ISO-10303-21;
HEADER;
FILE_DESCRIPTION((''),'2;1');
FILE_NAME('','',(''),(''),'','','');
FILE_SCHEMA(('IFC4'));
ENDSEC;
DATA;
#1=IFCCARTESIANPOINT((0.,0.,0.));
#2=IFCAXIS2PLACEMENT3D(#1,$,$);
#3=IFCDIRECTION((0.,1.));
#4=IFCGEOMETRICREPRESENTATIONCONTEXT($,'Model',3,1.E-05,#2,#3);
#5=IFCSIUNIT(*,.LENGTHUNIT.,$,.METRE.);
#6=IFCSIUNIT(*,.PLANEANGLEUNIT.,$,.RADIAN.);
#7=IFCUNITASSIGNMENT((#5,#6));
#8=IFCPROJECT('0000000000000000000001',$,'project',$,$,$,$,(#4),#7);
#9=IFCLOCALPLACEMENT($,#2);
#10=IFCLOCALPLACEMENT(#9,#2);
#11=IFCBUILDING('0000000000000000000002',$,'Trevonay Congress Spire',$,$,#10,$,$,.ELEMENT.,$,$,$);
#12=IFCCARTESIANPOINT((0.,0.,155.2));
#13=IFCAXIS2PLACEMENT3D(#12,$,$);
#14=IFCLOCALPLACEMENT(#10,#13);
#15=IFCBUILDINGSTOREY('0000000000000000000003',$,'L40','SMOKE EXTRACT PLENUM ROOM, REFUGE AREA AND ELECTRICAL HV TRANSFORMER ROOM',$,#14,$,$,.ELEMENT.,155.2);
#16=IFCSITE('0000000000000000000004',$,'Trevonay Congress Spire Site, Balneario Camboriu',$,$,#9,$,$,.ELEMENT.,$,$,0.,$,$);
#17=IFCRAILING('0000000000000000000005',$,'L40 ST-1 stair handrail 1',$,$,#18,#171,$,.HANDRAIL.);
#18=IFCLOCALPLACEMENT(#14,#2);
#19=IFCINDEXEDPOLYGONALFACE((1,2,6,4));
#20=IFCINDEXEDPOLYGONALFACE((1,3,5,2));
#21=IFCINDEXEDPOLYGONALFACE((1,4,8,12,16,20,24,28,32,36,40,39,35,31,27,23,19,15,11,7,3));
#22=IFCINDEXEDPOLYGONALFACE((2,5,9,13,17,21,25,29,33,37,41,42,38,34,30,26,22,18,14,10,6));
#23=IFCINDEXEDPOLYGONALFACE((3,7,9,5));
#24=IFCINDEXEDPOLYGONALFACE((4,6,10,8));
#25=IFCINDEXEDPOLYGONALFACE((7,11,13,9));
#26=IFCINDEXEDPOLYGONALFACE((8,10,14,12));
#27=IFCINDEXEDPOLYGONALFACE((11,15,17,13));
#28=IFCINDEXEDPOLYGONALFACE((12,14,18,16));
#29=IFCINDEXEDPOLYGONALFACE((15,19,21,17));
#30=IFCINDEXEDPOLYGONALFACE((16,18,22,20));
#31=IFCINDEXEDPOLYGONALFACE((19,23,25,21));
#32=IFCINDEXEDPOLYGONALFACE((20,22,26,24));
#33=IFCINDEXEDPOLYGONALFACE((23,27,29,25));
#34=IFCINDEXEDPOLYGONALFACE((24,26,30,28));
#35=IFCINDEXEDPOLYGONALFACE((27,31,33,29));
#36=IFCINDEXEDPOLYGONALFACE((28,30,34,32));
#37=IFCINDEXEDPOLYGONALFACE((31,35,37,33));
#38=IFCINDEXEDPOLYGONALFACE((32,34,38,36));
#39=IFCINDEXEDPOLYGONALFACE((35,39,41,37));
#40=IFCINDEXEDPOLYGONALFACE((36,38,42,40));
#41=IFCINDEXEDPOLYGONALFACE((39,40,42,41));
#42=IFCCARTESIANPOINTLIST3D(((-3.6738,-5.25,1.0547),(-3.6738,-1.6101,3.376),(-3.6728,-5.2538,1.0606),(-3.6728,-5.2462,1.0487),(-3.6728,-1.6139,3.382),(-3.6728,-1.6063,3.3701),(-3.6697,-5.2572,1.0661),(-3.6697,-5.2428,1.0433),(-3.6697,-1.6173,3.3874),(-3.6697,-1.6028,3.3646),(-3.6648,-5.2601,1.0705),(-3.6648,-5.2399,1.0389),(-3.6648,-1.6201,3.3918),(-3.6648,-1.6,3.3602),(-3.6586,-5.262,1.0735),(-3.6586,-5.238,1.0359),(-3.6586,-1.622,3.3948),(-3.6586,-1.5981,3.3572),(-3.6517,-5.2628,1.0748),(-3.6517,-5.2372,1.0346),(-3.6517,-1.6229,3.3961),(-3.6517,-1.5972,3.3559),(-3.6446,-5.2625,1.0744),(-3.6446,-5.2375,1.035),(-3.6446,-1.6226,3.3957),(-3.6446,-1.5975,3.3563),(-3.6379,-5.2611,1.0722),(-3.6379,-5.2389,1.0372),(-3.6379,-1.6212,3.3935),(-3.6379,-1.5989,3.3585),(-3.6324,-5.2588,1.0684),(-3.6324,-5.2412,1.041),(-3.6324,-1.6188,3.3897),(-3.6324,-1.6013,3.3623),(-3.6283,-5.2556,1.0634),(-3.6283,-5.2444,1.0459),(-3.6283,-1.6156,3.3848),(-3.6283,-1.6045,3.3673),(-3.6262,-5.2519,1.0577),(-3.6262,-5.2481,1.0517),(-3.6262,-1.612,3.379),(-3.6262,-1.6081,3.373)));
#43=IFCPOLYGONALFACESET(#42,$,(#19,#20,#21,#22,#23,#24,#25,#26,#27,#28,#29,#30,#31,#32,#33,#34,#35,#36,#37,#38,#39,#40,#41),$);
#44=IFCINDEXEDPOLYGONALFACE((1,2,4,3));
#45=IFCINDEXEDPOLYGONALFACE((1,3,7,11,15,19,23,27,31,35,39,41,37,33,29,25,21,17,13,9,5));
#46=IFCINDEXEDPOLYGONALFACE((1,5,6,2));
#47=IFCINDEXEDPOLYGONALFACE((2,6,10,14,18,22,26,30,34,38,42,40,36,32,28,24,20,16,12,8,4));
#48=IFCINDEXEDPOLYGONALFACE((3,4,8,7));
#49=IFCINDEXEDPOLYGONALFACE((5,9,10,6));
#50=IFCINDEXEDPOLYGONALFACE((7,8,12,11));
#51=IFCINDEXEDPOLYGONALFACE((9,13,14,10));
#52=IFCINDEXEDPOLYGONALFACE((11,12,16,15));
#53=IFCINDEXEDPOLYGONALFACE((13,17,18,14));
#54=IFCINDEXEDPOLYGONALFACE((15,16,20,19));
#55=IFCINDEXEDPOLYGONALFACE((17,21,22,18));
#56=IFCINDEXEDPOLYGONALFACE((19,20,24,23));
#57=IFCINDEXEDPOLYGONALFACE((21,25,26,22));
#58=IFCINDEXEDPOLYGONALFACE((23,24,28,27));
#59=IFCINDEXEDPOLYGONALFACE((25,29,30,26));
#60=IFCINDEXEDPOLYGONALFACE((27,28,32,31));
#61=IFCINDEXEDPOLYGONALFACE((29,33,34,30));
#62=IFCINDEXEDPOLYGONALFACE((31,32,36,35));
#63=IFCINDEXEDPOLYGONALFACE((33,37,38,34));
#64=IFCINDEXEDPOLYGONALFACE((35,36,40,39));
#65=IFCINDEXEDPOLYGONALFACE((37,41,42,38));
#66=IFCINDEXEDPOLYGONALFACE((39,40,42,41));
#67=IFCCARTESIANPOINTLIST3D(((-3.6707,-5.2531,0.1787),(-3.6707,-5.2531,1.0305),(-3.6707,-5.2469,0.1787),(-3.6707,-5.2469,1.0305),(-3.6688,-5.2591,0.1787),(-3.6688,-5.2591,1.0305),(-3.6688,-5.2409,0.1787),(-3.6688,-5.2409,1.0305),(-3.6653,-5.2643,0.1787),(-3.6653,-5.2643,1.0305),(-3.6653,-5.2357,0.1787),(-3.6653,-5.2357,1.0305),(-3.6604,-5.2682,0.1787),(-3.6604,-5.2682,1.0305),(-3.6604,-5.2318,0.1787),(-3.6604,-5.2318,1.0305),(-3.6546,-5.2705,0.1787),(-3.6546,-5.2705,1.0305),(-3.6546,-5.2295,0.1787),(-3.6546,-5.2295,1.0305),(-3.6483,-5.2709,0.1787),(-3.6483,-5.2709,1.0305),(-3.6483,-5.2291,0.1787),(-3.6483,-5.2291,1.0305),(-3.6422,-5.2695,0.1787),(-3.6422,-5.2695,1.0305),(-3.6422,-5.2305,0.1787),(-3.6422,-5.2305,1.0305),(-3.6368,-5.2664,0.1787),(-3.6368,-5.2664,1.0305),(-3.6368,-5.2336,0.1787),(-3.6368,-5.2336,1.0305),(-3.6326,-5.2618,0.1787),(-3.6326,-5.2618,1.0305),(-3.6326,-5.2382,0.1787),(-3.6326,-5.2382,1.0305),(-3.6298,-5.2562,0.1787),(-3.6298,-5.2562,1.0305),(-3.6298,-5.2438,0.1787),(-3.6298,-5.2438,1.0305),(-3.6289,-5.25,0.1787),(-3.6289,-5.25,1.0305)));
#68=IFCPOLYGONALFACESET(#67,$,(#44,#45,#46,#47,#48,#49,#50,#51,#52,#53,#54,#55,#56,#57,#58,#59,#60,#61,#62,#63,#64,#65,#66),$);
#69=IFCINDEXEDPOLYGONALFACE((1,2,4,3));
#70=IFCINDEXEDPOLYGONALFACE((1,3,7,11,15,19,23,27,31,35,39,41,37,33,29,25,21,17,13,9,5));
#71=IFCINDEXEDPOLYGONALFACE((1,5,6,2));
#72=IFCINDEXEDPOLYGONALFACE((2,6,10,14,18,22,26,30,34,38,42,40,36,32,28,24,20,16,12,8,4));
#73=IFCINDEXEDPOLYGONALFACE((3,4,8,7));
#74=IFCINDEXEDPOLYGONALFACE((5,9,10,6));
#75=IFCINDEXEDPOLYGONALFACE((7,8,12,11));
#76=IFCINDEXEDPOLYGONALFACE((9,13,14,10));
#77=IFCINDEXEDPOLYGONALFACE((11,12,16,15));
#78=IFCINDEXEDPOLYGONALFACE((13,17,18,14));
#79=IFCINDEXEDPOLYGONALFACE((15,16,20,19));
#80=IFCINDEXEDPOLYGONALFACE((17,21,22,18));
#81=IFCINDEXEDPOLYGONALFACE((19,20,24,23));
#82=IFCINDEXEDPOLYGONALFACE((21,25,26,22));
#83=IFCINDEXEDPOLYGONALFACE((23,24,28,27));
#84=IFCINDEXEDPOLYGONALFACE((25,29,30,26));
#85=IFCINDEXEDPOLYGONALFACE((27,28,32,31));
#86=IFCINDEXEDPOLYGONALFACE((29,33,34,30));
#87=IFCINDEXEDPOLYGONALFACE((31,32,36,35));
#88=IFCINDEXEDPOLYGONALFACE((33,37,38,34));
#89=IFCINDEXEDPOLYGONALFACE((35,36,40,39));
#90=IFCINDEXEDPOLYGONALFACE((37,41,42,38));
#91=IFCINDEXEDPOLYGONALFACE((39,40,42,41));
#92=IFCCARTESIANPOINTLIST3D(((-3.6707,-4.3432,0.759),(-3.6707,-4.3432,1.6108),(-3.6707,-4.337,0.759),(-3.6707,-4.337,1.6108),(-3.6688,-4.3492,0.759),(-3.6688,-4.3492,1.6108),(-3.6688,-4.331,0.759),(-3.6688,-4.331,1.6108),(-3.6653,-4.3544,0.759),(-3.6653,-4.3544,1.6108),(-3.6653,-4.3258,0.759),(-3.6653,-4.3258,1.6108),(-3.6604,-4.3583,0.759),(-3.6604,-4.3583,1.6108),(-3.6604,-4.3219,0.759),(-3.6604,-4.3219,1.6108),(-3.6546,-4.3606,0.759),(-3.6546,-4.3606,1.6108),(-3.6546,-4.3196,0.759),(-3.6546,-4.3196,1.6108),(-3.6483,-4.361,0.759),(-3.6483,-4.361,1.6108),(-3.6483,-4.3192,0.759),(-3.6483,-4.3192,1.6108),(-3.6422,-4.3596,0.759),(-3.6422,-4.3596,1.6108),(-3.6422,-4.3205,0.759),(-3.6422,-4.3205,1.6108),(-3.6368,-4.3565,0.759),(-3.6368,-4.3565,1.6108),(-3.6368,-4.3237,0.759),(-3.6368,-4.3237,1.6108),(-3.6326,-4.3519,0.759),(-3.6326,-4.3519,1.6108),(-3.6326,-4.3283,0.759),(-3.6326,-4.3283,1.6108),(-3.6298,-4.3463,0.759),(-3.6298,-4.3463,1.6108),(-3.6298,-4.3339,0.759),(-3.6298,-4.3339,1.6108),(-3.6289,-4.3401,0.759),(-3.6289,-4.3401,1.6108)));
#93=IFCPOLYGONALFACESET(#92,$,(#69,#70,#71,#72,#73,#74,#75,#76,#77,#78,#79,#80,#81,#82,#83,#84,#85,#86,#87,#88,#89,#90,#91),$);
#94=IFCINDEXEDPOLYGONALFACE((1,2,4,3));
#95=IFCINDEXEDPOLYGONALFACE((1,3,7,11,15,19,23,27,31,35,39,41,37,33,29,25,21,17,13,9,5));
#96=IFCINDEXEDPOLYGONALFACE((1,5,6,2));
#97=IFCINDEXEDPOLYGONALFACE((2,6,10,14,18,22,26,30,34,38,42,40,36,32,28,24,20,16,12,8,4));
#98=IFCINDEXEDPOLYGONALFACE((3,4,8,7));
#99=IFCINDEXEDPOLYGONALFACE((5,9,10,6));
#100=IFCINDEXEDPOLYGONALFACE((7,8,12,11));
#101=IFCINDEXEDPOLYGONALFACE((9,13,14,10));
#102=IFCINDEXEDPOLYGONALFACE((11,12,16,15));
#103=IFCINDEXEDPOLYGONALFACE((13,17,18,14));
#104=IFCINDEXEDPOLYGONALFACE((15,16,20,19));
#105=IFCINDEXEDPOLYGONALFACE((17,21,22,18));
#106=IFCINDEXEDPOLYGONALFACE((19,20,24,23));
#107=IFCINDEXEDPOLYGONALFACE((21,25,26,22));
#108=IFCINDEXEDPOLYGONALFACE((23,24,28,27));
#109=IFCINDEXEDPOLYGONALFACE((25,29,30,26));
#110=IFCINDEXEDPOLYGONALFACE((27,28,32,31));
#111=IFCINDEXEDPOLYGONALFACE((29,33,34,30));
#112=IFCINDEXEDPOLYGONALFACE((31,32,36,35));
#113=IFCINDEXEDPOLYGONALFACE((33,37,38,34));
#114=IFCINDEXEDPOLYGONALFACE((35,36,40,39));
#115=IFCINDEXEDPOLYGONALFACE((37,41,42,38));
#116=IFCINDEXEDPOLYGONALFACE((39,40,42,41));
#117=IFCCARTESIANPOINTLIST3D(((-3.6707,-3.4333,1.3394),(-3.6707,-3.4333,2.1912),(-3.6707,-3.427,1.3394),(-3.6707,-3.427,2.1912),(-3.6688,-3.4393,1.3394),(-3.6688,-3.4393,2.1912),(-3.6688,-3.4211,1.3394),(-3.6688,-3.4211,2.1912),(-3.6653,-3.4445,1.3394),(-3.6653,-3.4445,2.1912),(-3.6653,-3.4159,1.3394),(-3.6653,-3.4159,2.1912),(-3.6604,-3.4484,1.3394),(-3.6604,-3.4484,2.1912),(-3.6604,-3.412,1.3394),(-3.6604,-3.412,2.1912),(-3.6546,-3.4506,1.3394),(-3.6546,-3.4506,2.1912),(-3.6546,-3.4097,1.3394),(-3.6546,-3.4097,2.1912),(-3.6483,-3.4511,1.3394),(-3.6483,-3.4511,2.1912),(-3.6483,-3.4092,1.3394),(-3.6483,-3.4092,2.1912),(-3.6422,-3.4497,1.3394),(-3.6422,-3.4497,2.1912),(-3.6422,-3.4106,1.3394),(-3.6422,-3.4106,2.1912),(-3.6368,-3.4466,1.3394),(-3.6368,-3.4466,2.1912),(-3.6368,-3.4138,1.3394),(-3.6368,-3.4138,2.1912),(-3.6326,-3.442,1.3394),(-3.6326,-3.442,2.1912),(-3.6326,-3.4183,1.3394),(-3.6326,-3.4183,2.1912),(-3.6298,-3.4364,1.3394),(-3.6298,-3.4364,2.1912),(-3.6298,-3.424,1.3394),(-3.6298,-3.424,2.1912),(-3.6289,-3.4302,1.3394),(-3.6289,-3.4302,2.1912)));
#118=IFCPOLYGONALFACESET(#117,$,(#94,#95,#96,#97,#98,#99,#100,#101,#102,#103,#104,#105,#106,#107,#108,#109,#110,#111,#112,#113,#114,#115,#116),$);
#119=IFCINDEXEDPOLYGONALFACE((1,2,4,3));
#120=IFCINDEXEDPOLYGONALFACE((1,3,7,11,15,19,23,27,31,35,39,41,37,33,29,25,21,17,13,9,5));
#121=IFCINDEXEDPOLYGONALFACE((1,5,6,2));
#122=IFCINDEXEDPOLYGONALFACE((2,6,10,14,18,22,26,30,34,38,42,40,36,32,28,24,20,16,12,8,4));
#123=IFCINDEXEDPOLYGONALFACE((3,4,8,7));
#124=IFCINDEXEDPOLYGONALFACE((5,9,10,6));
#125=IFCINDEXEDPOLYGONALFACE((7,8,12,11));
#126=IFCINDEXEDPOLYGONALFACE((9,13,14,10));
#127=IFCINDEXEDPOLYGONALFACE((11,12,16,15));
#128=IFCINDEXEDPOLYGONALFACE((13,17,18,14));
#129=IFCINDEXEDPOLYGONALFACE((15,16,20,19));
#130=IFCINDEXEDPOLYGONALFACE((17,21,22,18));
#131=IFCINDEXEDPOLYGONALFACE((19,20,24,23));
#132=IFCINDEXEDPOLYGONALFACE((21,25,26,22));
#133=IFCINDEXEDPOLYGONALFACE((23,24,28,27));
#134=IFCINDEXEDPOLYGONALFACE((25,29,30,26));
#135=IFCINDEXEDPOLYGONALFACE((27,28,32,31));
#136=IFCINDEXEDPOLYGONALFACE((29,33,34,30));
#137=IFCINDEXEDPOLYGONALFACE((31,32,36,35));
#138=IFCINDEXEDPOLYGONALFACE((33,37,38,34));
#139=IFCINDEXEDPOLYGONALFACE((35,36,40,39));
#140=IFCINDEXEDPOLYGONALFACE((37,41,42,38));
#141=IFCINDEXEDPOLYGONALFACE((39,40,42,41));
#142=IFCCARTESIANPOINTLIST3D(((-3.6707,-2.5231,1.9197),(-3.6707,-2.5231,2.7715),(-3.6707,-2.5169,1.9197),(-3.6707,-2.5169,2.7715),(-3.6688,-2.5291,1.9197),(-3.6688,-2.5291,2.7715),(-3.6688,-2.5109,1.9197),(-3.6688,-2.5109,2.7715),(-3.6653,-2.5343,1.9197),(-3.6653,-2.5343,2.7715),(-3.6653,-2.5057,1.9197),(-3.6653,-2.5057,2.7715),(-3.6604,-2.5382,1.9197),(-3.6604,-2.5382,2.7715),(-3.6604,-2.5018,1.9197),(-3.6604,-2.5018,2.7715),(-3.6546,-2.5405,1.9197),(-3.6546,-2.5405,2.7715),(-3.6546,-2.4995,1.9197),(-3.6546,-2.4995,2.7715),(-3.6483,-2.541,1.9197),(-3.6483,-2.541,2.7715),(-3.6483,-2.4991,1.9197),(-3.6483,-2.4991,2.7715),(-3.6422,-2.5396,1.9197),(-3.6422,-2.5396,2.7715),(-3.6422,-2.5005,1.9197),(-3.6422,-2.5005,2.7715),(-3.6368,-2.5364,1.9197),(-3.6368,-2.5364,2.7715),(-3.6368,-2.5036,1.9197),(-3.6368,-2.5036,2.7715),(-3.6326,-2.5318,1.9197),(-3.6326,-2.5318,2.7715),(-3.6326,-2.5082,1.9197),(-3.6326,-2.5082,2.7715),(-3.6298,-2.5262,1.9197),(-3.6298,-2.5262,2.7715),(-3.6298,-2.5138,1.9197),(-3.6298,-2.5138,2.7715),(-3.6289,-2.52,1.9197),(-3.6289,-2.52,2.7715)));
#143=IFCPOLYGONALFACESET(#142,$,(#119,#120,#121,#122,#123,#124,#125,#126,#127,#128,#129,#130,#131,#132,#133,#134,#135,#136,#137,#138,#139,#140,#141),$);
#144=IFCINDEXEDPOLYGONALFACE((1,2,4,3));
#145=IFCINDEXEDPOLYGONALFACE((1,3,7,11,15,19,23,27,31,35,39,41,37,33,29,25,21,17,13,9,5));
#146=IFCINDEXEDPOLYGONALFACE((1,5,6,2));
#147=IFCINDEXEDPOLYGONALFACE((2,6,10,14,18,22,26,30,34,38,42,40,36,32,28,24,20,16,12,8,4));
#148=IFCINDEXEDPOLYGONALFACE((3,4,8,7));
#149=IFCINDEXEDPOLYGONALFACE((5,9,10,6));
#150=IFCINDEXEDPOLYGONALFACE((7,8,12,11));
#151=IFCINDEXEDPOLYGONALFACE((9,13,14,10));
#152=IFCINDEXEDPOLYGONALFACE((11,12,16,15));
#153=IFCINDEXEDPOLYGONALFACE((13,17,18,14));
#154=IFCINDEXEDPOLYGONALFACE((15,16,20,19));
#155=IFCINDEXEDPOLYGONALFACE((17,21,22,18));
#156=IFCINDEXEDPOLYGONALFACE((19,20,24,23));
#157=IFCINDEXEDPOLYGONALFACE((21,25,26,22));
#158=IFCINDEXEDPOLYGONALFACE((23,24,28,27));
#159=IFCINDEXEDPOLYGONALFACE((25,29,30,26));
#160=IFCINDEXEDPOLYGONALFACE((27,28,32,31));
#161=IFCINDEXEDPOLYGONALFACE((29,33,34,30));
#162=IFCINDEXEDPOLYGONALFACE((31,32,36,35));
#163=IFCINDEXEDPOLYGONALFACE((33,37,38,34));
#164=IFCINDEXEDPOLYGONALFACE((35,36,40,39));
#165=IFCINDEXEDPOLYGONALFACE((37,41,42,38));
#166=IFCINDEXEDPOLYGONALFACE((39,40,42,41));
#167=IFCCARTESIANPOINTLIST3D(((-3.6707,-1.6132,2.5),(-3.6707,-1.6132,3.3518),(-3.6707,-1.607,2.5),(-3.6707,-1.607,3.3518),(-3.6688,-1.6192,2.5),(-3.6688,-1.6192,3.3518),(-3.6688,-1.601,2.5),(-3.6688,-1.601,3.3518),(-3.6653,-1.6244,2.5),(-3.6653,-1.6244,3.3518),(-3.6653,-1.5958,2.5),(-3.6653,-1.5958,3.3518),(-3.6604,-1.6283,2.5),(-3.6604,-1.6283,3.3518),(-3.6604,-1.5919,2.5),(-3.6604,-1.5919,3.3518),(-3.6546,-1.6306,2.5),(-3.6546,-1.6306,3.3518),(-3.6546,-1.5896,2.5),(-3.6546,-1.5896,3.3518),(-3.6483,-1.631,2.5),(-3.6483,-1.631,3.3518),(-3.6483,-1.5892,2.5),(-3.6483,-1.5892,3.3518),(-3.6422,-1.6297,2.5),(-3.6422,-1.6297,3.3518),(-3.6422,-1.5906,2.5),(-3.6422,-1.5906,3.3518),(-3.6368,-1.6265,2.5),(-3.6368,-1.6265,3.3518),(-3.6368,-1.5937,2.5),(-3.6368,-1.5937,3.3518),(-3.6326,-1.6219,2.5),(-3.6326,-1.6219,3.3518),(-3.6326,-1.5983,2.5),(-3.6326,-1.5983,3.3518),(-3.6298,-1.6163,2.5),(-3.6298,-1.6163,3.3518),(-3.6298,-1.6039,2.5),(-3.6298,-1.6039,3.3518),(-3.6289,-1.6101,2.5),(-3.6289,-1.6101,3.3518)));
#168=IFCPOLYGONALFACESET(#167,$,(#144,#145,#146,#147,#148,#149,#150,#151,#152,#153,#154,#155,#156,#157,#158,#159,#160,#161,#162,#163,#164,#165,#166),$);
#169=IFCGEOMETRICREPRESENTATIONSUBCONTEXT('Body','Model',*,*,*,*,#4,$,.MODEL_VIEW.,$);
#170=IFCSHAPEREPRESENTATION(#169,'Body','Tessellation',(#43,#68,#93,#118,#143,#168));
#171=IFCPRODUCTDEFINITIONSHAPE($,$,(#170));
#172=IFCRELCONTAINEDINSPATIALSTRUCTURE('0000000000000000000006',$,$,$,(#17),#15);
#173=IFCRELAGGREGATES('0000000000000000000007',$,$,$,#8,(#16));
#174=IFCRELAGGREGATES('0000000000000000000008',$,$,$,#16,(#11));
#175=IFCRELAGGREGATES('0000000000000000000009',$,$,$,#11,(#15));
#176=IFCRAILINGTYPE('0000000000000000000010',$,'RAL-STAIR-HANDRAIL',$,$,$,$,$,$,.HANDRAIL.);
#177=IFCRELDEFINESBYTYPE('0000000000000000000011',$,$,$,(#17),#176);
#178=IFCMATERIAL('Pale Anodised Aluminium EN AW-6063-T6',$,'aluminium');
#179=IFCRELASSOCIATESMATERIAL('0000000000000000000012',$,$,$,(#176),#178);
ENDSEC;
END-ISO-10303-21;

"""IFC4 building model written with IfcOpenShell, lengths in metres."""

from ifc_helpers import new_model, si_unit, direction, frame, origin, origin_2d, place, context, subcontext, project, spatial, circle, extrude, material, type_object, element, save


model = new_model("IFC4")

# Units and contexts
model_context = context("Model", 3, precision=1e-05, world=origin(), true_north=direction((0.0, 1.0)))
body_context = subcontext(model_context, "Body", "Model", "MODEL_VIEW")
ifc_project = project(units=[si_unit("LENGTHUNIT", "METRE"), si_unit("PLANEANGLEUNIT", "RADIAN")], contexts=[model_context])

# Site, building, storey
site_placement = place(None, origin())
site = spatial("IfcSite", under=ifc_project, at=site_placement, Name="Trevonay Congress Spire Site, Balneario Camboriu", CompositionType="ELEMENT", RefElevation=0.0)
building_placement = place(site_placement, origin())
building = spatial("IfcBuilding", under=site, at=building_placement, Name="Trevonay Congress Spire", CompositionType="ELEMENT")
storey_placement = place(building_placement, frame((0.0, 0.0, 155.2)))
storey = spatial("IfcBuildingStorey", under=building, at=storey_placement, Name="L40", Description="SMOKE EXTRACT PLENUM ROOM, REFUGE AREA AND ELECTRICAL HV TRANSFORMER ROOM", CompositionType="ELEMENT", Elevation=155.2)

# Railing
ifc_material_1 = material(Name="Pale Anodised Aluminium EN AW-6063-T6", Category="aluminium")
railing_type_1 = type_object("IfcRailingType", Name="RAL-STAIR-HANDRAIL", PredefinedType="HANDRAIL", material=ifc_material_1)
railing_1_placement = place(storey_placement, frame((-3.6499, -5.25, 0.1787)))
element("IfcRailing", 1, at=railing_1_placement, inside=storey, type_object=railing_type_1, Name="L40 ST-1 stair handrail 1", PredefinedType="HANDRAIL", context=body_context, shape_type="SweptSolid", body=[
    extrude(circle(Radius=0.0239, at=origin_2d()), frame((0.0, 0.0, 0.876), z_axis=(0.0, 0.843137, 0.537699), x_axis=(-1.0, 0.0, 0.0)), (0.0, 0.0, 1.0), 4.3171),
    extrude(circle(Radius=0.021, at=origin_2d()), origin(), (0.0, 0.0, 1.0), 0.8518),
    extrude(circle(Radius=0.021, at=origin_2d()), frame((0.0, 0.9099, 0.5803)), (0.0, 0.0, 1.0), 0.8518),
    extrude(circle(Radius=0.021, at=origin_2d()), frame((0.0, 1.8198, 1.1606)), (0.0, 0.0, 1.0), 0.8518),
    extrude(circle(Radius=0.021, at=origin_2d()), frame((0.0, 2.73, 1.741)), (0.0, 0.0, 1.0), 0.8518),
    extrude(circle(Radius=0.021, at=origin_2d()), frame((0.0, 3.6399, 2.3213)), (0.0, 0.0, 1.0), 0.8518),
])

save(model, "model.ifc")
